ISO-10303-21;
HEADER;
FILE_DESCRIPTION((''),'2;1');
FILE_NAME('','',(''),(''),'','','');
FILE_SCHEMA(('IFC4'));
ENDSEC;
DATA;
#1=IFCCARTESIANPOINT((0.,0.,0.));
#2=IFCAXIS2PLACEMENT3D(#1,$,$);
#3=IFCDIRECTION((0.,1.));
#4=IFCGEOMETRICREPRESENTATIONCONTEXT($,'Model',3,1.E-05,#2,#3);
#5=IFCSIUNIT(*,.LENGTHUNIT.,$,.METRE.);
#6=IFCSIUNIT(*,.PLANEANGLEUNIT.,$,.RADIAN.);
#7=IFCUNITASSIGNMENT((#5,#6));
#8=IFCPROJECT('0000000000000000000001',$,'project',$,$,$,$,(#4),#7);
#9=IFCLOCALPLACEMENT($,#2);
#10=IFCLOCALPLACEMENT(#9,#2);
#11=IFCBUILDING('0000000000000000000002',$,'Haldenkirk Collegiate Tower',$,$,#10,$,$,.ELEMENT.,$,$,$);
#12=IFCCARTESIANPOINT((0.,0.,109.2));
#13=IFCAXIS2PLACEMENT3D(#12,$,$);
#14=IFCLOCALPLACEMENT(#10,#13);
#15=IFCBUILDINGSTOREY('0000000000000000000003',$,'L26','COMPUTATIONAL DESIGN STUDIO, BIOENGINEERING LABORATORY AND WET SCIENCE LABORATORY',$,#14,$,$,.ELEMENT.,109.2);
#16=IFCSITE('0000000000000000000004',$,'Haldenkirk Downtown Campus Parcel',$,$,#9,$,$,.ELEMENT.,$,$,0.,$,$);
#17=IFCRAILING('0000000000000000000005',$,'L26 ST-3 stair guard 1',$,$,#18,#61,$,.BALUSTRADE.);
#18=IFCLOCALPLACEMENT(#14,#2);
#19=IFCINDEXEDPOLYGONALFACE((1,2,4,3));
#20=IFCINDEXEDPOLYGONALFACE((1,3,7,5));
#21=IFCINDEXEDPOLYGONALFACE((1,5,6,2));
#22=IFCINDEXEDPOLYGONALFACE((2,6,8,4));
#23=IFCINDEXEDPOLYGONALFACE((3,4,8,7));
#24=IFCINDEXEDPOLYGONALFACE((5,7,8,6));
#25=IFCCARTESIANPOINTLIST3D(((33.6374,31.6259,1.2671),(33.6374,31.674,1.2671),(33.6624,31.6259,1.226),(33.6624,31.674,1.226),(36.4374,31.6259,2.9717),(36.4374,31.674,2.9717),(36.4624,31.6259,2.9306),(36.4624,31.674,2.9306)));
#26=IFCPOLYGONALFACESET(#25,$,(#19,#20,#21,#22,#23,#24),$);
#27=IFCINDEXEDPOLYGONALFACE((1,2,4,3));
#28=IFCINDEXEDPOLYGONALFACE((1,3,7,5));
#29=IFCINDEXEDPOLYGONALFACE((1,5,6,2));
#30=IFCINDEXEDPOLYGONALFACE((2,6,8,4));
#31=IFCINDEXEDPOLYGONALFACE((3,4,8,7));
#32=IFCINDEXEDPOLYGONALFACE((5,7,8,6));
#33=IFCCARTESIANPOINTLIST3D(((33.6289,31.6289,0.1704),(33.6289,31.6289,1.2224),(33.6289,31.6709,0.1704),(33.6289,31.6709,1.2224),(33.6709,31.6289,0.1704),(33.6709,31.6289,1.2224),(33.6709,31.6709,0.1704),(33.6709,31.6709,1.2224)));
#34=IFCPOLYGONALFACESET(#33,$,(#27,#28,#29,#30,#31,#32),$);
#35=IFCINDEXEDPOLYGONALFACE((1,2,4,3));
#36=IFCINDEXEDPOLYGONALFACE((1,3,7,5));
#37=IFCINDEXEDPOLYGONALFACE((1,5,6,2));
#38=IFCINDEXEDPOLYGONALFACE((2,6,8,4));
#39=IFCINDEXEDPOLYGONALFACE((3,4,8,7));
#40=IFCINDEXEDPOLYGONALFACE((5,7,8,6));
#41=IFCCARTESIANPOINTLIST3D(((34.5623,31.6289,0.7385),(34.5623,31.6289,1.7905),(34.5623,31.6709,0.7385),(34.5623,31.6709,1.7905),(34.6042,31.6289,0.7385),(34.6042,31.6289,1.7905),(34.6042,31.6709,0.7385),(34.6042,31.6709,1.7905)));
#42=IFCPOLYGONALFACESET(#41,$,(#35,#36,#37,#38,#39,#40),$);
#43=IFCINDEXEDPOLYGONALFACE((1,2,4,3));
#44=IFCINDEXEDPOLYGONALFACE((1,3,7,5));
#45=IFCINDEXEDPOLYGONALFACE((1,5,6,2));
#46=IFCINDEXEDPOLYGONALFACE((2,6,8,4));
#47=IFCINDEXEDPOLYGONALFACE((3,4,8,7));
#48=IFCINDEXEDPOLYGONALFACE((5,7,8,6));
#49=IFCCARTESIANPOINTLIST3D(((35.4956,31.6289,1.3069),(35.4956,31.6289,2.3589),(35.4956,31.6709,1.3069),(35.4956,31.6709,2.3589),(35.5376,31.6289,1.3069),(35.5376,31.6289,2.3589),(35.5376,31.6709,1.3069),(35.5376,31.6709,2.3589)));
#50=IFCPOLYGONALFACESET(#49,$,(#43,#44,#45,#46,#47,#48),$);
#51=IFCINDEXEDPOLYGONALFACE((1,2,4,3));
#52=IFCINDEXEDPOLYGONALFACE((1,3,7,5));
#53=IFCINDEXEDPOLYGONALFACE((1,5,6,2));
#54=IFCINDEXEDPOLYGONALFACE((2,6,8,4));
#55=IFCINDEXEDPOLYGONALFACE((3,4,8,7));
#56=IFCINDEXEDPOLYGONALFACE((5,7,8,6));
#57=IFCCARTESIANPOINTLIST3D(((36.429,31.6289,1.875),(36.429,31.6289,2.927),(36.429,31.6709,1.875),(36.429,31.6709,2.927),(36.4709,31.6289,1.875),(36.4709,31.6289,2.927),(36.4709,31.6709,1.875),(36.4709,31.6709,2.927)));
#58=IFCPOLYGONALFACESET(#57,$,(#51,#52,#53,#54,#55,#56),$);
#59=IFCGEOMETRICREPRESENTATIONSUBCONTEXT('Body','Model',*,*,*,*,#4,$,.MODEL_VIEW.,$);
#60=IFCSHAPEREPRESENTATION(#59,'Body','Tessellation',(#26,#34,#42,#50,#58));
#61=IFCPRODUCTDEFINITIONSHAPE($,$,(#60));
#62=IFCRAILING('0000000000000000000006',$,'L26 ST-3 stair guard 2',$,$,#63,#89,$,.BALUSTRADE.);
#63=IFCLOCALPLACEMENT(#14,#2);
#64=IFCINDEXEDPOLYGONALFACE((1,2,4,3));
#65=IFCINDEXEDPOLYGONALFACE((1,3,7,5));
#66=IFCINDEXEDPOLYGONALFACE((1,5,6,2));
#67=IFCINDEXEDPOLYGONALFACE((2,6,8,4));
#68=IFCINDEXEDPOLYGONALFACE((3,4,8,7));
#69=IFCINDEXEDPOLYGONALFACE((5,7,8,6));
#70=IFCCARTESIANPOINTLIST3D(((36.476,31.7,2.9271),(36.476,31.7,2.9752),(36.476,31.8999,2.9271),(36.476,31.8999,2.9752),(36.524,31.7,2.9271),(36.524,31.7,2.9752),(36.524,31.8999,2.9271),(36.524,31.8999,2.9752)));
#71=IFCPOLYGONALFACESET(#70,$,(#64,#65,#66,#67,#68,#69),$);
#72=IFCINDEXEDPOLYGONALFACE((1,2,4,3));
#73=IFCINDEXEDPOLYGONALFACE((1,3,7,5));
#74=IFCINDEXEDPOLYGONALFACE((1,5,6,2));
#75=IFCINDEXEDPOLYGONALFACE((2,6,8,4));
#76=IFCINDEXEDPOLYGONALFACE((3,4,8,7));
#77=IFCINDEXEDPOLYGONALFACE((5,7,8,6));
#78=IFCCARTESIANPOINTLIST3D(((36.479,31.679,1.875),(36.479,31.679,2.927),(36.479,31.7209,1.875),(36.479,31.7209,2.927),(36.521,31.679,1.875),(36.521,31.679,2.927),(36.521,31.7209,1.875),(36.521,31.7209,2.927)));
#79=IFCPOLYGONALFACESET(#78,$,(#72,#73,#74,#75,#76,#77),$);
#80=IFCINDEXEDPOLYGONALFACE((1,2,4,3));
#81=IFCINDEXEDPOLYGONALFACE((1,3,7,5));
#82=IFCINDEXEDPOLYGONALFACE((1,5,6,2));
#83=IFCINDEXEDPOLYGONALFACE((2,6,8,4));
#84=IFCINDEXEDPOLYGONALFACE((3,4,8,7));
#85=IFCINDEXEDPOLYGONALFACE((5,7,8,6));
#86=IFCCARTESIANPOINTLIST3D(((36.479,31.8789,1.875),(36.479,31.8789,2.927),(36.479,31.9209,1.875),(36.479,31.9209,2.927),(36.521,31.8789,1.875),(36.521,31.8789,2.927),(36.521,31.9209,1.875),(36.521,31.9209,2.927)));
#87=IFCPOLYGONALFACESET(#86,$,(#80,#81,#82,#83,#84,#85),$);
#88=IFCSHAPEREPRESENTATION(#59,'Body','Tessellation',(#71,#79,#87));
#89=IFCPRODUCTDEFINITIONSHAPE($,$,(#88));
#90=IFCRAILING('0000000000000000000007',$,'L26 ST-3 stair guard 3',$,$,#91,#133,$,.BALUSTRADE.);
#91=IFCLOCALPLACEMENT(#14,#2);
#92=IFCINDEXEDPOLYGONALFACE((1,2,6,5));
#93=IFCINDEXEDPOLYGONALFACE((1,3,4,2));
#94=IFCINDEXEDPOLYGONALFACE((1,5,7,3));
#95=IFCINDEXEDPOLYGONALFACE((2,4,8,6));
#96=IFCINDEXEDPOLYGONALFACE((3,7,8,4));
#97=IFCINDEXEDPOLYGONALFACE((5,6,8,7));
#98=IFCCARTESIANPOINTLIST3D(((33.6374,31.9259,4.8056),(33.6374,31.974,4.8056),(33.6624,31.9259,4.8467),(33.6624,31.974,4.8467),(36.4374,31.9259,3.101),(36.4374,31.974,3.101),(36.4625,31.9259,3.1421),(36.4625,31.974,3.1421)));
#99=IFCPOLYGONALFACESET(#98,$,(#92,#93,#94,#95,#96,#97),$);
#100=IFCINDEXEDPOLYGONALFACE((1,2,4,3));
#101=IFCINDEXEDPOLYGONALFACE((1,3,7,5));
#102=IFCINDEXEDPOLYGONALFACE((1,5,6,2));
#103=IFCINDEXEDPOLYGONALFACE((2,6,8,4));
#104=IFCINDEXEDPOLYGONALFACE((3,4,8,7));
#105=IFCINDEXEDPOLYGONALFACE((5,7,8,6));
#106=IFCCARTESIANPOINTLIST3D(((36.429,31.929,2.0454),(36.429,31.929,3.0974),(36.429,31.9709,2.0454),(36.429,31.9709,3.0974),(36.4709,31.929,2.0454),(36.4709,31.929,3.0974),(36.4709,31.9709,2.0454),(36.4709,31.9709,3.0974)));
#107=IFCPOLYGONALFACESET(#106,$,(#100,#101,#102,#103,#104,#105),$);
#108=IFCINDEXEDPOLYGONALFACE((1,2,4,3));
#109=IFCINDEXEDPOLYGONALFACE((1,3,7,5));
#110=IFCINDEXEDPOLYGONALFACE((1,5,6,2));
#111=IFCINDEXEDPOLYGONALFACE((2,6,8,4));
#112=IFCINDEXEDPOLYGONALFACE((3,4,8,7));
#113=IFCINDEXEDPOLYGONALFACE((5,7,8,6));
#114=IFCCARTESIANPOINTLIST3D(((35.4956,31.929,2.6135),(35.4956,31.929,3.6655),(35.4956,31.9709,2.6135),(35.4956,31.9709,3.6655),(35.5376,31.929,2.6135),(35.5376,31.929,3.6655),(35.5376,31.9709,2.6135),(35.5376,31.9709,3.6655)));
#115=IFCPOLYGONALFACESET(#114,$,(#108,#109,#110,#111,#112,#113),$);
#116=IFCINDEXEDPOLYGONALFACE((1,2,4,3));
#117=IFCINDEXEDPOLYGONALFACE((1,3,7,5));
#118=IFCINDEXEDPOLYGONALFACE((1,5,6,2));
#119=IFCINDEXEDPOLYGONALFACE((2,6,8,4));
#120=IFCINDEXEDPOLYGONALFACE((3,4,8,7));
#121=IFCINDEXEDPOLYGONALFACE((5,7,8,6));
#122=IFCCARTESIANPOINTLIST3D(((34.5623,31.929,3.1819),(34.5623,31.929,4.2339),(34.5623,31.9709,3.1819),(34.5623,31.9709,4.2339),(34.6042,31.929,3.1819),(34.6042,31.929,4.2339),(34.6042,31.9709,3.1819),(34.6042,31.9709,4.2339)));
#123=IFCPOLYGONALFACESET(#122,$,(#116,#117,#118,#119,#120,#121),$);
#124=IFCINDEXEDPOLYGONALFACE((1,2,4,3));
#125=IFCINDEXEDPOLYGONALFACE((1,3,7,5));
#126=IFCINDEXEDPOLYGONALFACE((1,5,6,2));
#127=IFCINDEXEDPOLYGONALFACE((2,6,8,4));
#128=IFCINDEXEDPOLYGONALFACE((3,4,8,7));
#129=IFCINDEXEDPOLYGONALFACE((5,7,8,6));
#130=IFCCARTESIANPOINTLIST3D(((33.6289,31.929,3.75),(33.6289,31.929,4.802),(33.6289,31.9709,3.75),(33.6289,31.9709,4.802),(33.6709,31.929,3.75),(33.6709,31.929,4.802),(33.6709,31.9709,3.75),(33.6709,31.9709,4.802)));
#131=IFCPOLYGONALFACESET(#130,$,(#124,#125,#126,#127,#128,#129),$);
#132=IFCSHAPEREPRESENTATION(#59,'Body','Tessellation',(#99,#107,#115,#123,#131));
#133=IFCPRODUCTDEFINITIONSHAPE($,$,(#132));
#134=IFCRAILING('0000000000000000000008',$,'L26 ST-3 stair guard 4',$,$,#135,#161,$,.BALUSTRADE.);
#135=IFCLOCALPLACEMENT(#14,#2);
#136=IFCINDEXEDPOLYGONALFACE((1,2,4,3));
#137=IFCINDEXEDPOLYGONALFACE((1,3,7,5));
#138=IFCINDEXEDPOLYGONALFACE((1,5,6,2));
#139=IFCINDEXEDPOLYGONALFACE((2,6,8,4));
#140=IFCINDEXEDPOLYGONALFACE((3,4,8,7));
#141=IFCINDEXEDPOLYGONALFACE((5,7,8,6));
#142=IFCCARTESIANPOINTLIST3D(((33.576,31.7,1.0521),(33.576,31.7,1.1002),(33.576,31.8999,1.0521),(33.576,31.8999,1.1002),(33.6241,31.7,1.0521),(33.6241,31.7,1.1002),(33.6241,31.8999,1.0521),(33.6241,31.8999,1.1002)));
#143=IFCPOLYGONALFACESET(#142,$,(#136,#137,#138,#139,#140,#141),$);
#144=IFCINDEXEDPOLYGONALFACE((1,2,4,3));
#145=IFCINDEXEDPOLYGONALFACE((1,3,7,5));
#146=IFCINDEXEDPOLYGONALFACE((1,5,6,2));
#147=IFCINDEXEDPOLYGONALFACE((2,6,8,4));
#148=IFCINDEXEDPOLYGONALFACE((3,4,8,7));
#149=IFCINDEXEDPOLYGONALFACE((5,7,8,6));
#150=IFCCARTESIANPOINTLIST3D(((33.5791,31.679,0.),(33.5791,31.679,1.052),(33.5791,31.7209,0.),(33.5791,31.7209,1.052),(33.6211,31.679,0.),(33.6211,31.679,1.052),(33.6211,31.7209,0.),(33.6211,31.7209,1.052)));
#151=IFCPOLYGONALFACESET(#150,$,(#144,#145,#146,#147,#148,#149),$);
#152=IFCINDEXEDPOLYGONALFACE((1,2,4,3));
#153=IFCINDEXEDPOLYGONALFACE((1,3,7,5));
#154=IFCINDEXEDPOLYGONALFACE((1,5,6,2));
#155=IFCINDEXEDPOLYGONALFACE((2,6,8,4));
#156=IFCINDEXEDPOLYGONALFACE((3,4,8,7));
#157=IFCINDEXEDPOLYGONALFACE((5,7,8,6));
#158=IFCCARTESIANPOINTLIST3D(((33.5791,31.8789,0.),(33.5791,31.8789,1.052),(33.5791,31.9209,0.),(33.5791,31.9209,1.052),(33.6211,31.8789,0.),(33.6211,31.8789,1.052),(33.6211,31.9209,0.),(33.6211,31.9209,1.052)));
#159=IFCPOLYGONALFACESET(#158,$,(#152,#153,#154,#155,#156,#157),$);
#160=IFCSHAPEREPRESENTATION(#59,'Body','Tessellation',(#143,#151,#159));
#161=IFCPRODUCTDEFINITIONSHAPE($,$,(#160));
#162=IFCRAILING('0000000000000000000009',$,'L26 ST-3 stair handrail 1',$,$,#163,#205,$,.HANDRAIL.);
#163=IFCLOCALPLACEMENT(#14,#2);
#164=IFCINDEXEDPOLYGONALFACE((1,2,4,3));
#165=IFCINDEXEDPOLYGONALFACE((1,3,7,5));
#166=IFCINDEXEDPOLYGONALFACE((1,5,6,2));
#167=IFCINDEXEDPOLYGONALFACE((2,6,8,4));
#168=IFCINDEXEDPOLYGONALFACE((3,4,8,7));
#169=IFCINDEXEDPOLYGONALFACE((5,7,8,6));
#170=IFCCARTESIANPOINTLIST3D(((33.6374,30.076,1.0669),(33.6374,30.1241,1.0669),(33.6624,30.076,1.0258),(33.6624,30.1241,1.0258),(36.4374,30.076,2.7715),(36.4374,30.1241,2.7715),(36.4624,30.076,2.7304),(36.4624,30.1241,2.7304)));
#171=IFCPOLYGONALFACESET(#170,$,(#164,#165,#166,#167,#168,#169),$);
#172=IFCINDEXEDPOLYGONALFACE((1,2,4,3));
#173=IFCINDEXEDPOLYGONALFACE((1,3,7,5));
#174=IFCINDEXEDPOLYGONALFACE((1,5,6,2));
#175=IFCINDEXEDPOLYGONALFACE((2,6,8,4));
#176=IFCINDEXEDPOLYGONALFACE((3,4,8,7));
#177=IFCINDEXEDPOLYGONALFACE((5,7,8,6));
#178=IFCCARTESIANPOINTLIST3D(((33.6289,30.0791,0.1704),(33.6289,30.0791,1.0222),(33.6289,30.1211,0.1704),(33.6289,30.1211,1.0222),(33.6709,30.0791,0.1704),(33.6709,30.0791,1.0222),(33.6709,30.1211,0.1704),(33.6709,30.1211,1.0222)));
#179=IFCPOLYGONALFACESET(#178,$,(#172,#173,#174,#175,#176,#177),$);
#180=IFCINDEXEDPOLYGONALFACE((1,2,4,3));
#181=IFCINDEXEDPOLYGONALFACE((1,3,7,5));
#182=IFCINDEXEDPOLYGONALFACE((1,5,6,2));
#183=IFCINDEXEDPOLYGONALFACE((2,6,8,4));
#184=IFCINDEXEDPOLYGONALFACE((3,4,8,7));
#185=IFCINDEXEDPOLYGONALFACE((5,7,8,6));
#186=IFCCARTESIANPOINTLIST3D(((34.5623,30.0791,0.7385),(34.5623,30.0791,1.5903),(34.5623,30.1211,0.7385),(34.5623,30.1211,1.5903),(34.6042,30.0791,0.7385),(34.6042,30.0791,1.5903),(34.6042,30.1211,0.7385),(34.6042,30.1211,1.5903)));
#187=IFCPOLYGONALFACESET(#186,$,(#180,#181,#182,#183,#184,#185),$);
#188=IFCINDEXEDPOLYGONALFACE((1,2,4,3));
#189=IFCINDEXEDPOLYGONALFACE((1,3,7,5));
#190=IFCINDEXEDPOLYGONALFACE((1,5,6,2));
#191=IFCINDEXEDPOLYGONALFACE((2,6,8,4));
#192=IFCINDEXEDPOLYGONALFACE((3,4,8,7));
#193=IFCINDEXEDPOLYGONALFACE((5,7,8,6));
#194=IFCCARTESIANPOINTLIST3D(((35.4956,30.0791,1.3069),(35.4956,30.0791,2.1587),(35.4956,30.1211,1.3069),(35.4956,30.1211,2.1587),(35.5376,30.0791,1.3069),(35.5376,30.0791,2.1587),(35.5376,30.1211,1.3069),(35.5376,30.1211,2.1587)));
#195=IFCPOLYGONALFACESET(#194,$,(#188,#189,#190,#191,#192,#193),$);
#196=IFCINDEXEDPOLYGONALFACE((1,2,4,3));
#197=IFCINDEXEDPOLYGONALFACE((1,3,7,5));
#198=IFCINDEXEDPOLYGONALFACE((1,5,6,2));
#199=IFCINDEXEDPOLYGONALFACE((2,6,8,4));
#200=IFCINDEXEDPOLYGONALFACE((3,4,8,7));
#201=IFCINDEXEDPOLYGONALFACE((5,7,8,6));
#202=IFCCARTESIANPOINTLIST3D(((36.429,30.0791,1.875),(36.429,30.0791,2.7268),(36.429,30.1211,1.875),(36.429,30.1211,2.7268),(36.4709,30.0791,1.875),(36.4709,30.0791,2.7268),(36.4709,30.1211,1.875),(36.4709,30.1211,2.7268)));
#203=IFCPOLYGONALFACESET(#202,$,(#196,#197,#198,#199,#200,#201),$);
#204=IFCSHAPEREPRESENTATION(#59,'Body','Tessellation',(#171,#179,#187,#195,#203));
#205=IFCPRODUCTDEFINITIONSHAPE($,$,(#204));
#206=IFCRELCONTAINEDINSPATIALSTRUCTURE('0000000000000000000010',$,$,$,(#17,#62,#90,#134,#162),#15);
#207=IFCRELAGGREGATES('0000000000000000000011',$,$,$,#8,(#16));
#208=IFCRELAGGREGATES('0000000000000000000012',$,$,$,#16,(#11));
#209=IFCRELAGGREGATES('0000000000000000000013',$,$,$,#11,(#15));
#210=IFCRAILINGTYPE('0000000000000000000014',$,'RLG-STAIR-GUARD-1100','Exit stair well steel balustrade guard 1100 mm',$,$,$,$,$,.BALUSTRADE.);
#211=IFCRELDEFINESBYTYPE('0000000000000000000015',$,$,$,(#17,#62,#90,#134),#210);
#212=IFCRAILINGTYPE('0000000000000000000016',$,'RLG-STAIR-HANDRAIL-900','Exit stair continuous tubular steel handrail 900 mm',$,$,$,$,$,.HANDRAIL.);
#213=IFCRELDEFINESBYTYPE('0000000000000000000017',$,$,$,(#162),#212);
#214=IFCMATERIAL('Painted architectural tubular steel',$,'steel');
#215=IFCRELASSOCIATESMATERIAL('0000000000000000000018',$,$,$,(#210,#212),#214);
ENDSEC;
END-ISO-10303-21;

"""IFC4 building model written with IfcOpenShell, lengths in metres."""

from ifc_helpers import new_model, si_unit, direction, frame, origin, origin_2d, place, context, subcontext, project, spatial, rectangle, extrude, material, type_object, element, save


model = new_model("IFC4")

# Units and contexts
model_context = context("Model", 3, precision=1e-05, world=origin(), true_north=direction((0.0, 1.0)))
body_context = subcontext(model_context, "Body", "Model", "MODEL_VIEW")
ifc_project = project(units=[si_unit("LENGTHUNIT", "METRE"), si_unit("PLANEANGLEUNIT", "RADIAN")], contexts=[model_context])

# Site, building, storey
site_placement = place(None, origin())
site = spatial("IfcSite", under=ifc_project, at=site_placement, Name="Haldenkirk Downtown Campus Parcel", CompositionType="ELEMENT", RefElevation=0.0)
building_placement = place(site_placement, origin())
building = spatial("IfcBuilding", under=site, at=building_placement, Name="Haldenkirk Collegiate Tower", CompositionType="ELEMENT")
storey_placement = place(building_placement, frame((0.0, 0.0, 109.2)))
storey = spatial("IfcBuildingStorey", under=building, at=storey_placement, Name="L26", Description="COMPUTATIONAL DESIGN STUDIO, BIOENGINEERING LABORATORY AND WET SCIENCE LABORATORY", CompositionType="ELEMENT", Elevation=109.2)

# Railings
ifc_material_1 = material(Name="Painted architectural tubular steel", Category="steel")
railing_type_1 = type_object("IfcRailingType", Name="RLG-STAIR-GUARD-1100", Description="Exit stair well steel balustrade guard 1100 mm", PredefinedType="BALUSTRADE", material=ifc_material_1)
railing_1_placement = place(storey_placement, frame((33.6499, 31.6499, 0.1704)))
element("IfcRailing", 1, at=railing_1_placement, inside=storey, type_object=railing_type_1, Name="L26 ST-3 stair guard 1", PredefinedType="BALUSTRADE", context=body_context, shape_type="SweptSolid", body=[
    extrude(rectangle(XDim=0.0481, YDim=0.0481, at=origin_2d()), frame((0.0, 0.0, 1.0762), z_axis=(0.85417, 0.0, 0.519994), x_axis=(0.0, 1.0, 0.0)), (0.0, 0.0, 1.0), 3.2781),
    extrude(rectangle(XDim=0.042, YDim=0.042, at=origin_2d()), origin(), (0.0, 0.0, 1.0), 1.052),
    extrude(rectangle(XDim=0.042, YDim=0.042, at=origin_2d()), frame((0.9333, 0.0, 0.5681)), (0.0, 0.0, 1.0), 1.052),
    extrude(rectangle(XDim=0.042, YDim=0.042, at=origin_2d()), frame((1.8667, 0.0, 1.1365)), (0.0, 0.0, 1.0), 1.052),
    extrude(rectangle(XDim=0.042, YDim=0.042, at=origin_2d()), frame((2.8, 0.0, 1.7046)), (0.0, 0.0, 1.0), 1.052),
])
railing_2_placement = place(storey_placement, frame((36.5, 31.7, 1.875)))
element("IfcRailing", 2, at=railing_2_placement, inside=storey, type_object=railing_type_1, Name="L26 ST-3 stair guard 2", PredefinedType="BALUSTRADE", context=body_context, shape_type="SweptSolid", body=[
    extrude(rectangle(XDim=0.0481, YDim=0.0481, at=origin_2d()), frame((0.0, 0.0, 1.0762), z_axis=(0.0, 1.0, 0.0), x_axis=(-1.0, 0.0, 0.0)), (0.0, 0.0, 1.0), 0.2),
    extrude(rectangle(XDim=0.042, YDim=0.042, at=origin_2d()), origin(), (0.0, 0.0, 1.0), 1.052),
    extrude(rectangle(XDim=0.042, YDim=0.042, at=origin_2d()), frame((0.0, 0.2, 0.0)), (0.0, 0.0, 1.0), 1.052),
])
railing_3_placement = place(storey_placement, frame((36.45, 31.95, 2.0454)))
element("IfcRailing", 3, at=railing_3_placement, inside=storey, type_object=railing_type_1, Name="L26 ST-3 stair guard 3", PredefinedType="BALUSTRADE", context=body_context, shape_type="SweptSolid", body=[
    extrude(rectangle(XDim=0.0481, YDim=0.0481, at=origin_2d()), frame((0.0, 0.0, 1.0762), z_axis=(-0.85417, 0.0, 0.519994), x_axis=(0.0, -1.0, 0.0)), (0.0, 0.0, 1.0), 3.2781),
    extrude(rectangle(XDim=0.042, YDim=0.042, at=origin_2d()), origin(), (0.0, 0.0, 1.0), 1.052),
    extrude(rectangle(XDim=0.042, YDim=0.042, at=origin_2d()), frame((-0.9333, 0.0, 0.5681)), (0.0, 0.0, 1.0), 1.052),
    extrude(rectangle(XDim=0.042, YDim=0.042, at=origin_2d()), frame((-1.8667, 0.0, 1.1365)), (0.0, 0.0, 1.0), 1.052),
    extrude(rectangle(XDim=0.042, YDim=0.042, at=origin_2d()), frame((-2.8, 0.0, 1.7046)), (0.0, 0.0, 1.0), 1.052),
])
railing_4_placement = place(storey_placement, frame((33.6001, 31.7, 0.0)))
element("IfcRailing", 4, at=railing_4_placement, inside=storey, type_object=railing_type_1, Name="L26 ST-3 stair guard 4", PredefinedType="BALUSTRADE", context=body_context, shape_type="SweptSolid", body=[
    extrude(rectangle(XDim=0.0481, YDim=0.0481, at=origin_2d()), frame((0.0, 0.0, 1.0762), z_axis=(0.0, 1.0, 0.0), x_axis=(-1.0, 0.0, 0.0)), (0.0, 0.0, 1.0), 0.2),
    extrude(rectangle(XDim=0.042, YDim=0.042, at=origin_2d()), origin(), (0.0, 0.0, 1.0), 1.052),
    extrude(rectangle(XDim=0.042, YDim=0.042, at=origin_2d()), frame((0.0, 0.2, 0.0)), (0.0, 0.0, 1.0), 1.052),
])
railing_type_2 = type_object("IfcRailingType", Name="RLG-STAIR-HANDRAIL-900", Description="Exit stair continuous tubular steel handrail 900 mm", PredefinedType="HANDRAIL", material=ifc_material_1)
railing_5_placement = place(storey_placement, frame((33.6499, 30.1001, 0.1704)))
element("IfcRailing", 5, at=railing_5_placement, inside=storey, type_object=railing_type_2, Name="L26 ST-3 stair handrail 1", PredefinedType="HANDRAIL", context=body_context, shape_type="SweptSolid", body=[
    extrude(rectangle(XDim=0.0481, YDim=0.0481, at=origin_2d()), frame((0.0, 0.0, 0.876), z_axis=(0.85417, 0.0, 0.519994), x_axis=(0.0, 1.0, 0.0)), (0.0, 0.0, 1.0), 3.2781),
    extrude(rectangle(XDim=0.042, YDim=0.042, at=origin_2d()), origin(), (0.0, 0.0, 1.0), 0.8518),
    extrude(rectangle(XDim=0.042, YDim=0.042, at=origin_2d()), frame((0.9333, 0.0, 0.5681)), (0.0, 0.0, 1.0), 0.8518),
    extrude(rectangle(XDim=0.042, YDim=0.042, at=origin_2d()), frame((1.8667, 0.0, 1.1365)), (0.0, 0.0, 1.0), 0.8518),
    extrude(rectangle(XDim=0.042, YDim=0.042, at=origin_2d()), frame((2.8, 0.0, 1.7046)), (0.0, 0.0, 1.0), 0.8518),
])

save(model, "model.ifc")
